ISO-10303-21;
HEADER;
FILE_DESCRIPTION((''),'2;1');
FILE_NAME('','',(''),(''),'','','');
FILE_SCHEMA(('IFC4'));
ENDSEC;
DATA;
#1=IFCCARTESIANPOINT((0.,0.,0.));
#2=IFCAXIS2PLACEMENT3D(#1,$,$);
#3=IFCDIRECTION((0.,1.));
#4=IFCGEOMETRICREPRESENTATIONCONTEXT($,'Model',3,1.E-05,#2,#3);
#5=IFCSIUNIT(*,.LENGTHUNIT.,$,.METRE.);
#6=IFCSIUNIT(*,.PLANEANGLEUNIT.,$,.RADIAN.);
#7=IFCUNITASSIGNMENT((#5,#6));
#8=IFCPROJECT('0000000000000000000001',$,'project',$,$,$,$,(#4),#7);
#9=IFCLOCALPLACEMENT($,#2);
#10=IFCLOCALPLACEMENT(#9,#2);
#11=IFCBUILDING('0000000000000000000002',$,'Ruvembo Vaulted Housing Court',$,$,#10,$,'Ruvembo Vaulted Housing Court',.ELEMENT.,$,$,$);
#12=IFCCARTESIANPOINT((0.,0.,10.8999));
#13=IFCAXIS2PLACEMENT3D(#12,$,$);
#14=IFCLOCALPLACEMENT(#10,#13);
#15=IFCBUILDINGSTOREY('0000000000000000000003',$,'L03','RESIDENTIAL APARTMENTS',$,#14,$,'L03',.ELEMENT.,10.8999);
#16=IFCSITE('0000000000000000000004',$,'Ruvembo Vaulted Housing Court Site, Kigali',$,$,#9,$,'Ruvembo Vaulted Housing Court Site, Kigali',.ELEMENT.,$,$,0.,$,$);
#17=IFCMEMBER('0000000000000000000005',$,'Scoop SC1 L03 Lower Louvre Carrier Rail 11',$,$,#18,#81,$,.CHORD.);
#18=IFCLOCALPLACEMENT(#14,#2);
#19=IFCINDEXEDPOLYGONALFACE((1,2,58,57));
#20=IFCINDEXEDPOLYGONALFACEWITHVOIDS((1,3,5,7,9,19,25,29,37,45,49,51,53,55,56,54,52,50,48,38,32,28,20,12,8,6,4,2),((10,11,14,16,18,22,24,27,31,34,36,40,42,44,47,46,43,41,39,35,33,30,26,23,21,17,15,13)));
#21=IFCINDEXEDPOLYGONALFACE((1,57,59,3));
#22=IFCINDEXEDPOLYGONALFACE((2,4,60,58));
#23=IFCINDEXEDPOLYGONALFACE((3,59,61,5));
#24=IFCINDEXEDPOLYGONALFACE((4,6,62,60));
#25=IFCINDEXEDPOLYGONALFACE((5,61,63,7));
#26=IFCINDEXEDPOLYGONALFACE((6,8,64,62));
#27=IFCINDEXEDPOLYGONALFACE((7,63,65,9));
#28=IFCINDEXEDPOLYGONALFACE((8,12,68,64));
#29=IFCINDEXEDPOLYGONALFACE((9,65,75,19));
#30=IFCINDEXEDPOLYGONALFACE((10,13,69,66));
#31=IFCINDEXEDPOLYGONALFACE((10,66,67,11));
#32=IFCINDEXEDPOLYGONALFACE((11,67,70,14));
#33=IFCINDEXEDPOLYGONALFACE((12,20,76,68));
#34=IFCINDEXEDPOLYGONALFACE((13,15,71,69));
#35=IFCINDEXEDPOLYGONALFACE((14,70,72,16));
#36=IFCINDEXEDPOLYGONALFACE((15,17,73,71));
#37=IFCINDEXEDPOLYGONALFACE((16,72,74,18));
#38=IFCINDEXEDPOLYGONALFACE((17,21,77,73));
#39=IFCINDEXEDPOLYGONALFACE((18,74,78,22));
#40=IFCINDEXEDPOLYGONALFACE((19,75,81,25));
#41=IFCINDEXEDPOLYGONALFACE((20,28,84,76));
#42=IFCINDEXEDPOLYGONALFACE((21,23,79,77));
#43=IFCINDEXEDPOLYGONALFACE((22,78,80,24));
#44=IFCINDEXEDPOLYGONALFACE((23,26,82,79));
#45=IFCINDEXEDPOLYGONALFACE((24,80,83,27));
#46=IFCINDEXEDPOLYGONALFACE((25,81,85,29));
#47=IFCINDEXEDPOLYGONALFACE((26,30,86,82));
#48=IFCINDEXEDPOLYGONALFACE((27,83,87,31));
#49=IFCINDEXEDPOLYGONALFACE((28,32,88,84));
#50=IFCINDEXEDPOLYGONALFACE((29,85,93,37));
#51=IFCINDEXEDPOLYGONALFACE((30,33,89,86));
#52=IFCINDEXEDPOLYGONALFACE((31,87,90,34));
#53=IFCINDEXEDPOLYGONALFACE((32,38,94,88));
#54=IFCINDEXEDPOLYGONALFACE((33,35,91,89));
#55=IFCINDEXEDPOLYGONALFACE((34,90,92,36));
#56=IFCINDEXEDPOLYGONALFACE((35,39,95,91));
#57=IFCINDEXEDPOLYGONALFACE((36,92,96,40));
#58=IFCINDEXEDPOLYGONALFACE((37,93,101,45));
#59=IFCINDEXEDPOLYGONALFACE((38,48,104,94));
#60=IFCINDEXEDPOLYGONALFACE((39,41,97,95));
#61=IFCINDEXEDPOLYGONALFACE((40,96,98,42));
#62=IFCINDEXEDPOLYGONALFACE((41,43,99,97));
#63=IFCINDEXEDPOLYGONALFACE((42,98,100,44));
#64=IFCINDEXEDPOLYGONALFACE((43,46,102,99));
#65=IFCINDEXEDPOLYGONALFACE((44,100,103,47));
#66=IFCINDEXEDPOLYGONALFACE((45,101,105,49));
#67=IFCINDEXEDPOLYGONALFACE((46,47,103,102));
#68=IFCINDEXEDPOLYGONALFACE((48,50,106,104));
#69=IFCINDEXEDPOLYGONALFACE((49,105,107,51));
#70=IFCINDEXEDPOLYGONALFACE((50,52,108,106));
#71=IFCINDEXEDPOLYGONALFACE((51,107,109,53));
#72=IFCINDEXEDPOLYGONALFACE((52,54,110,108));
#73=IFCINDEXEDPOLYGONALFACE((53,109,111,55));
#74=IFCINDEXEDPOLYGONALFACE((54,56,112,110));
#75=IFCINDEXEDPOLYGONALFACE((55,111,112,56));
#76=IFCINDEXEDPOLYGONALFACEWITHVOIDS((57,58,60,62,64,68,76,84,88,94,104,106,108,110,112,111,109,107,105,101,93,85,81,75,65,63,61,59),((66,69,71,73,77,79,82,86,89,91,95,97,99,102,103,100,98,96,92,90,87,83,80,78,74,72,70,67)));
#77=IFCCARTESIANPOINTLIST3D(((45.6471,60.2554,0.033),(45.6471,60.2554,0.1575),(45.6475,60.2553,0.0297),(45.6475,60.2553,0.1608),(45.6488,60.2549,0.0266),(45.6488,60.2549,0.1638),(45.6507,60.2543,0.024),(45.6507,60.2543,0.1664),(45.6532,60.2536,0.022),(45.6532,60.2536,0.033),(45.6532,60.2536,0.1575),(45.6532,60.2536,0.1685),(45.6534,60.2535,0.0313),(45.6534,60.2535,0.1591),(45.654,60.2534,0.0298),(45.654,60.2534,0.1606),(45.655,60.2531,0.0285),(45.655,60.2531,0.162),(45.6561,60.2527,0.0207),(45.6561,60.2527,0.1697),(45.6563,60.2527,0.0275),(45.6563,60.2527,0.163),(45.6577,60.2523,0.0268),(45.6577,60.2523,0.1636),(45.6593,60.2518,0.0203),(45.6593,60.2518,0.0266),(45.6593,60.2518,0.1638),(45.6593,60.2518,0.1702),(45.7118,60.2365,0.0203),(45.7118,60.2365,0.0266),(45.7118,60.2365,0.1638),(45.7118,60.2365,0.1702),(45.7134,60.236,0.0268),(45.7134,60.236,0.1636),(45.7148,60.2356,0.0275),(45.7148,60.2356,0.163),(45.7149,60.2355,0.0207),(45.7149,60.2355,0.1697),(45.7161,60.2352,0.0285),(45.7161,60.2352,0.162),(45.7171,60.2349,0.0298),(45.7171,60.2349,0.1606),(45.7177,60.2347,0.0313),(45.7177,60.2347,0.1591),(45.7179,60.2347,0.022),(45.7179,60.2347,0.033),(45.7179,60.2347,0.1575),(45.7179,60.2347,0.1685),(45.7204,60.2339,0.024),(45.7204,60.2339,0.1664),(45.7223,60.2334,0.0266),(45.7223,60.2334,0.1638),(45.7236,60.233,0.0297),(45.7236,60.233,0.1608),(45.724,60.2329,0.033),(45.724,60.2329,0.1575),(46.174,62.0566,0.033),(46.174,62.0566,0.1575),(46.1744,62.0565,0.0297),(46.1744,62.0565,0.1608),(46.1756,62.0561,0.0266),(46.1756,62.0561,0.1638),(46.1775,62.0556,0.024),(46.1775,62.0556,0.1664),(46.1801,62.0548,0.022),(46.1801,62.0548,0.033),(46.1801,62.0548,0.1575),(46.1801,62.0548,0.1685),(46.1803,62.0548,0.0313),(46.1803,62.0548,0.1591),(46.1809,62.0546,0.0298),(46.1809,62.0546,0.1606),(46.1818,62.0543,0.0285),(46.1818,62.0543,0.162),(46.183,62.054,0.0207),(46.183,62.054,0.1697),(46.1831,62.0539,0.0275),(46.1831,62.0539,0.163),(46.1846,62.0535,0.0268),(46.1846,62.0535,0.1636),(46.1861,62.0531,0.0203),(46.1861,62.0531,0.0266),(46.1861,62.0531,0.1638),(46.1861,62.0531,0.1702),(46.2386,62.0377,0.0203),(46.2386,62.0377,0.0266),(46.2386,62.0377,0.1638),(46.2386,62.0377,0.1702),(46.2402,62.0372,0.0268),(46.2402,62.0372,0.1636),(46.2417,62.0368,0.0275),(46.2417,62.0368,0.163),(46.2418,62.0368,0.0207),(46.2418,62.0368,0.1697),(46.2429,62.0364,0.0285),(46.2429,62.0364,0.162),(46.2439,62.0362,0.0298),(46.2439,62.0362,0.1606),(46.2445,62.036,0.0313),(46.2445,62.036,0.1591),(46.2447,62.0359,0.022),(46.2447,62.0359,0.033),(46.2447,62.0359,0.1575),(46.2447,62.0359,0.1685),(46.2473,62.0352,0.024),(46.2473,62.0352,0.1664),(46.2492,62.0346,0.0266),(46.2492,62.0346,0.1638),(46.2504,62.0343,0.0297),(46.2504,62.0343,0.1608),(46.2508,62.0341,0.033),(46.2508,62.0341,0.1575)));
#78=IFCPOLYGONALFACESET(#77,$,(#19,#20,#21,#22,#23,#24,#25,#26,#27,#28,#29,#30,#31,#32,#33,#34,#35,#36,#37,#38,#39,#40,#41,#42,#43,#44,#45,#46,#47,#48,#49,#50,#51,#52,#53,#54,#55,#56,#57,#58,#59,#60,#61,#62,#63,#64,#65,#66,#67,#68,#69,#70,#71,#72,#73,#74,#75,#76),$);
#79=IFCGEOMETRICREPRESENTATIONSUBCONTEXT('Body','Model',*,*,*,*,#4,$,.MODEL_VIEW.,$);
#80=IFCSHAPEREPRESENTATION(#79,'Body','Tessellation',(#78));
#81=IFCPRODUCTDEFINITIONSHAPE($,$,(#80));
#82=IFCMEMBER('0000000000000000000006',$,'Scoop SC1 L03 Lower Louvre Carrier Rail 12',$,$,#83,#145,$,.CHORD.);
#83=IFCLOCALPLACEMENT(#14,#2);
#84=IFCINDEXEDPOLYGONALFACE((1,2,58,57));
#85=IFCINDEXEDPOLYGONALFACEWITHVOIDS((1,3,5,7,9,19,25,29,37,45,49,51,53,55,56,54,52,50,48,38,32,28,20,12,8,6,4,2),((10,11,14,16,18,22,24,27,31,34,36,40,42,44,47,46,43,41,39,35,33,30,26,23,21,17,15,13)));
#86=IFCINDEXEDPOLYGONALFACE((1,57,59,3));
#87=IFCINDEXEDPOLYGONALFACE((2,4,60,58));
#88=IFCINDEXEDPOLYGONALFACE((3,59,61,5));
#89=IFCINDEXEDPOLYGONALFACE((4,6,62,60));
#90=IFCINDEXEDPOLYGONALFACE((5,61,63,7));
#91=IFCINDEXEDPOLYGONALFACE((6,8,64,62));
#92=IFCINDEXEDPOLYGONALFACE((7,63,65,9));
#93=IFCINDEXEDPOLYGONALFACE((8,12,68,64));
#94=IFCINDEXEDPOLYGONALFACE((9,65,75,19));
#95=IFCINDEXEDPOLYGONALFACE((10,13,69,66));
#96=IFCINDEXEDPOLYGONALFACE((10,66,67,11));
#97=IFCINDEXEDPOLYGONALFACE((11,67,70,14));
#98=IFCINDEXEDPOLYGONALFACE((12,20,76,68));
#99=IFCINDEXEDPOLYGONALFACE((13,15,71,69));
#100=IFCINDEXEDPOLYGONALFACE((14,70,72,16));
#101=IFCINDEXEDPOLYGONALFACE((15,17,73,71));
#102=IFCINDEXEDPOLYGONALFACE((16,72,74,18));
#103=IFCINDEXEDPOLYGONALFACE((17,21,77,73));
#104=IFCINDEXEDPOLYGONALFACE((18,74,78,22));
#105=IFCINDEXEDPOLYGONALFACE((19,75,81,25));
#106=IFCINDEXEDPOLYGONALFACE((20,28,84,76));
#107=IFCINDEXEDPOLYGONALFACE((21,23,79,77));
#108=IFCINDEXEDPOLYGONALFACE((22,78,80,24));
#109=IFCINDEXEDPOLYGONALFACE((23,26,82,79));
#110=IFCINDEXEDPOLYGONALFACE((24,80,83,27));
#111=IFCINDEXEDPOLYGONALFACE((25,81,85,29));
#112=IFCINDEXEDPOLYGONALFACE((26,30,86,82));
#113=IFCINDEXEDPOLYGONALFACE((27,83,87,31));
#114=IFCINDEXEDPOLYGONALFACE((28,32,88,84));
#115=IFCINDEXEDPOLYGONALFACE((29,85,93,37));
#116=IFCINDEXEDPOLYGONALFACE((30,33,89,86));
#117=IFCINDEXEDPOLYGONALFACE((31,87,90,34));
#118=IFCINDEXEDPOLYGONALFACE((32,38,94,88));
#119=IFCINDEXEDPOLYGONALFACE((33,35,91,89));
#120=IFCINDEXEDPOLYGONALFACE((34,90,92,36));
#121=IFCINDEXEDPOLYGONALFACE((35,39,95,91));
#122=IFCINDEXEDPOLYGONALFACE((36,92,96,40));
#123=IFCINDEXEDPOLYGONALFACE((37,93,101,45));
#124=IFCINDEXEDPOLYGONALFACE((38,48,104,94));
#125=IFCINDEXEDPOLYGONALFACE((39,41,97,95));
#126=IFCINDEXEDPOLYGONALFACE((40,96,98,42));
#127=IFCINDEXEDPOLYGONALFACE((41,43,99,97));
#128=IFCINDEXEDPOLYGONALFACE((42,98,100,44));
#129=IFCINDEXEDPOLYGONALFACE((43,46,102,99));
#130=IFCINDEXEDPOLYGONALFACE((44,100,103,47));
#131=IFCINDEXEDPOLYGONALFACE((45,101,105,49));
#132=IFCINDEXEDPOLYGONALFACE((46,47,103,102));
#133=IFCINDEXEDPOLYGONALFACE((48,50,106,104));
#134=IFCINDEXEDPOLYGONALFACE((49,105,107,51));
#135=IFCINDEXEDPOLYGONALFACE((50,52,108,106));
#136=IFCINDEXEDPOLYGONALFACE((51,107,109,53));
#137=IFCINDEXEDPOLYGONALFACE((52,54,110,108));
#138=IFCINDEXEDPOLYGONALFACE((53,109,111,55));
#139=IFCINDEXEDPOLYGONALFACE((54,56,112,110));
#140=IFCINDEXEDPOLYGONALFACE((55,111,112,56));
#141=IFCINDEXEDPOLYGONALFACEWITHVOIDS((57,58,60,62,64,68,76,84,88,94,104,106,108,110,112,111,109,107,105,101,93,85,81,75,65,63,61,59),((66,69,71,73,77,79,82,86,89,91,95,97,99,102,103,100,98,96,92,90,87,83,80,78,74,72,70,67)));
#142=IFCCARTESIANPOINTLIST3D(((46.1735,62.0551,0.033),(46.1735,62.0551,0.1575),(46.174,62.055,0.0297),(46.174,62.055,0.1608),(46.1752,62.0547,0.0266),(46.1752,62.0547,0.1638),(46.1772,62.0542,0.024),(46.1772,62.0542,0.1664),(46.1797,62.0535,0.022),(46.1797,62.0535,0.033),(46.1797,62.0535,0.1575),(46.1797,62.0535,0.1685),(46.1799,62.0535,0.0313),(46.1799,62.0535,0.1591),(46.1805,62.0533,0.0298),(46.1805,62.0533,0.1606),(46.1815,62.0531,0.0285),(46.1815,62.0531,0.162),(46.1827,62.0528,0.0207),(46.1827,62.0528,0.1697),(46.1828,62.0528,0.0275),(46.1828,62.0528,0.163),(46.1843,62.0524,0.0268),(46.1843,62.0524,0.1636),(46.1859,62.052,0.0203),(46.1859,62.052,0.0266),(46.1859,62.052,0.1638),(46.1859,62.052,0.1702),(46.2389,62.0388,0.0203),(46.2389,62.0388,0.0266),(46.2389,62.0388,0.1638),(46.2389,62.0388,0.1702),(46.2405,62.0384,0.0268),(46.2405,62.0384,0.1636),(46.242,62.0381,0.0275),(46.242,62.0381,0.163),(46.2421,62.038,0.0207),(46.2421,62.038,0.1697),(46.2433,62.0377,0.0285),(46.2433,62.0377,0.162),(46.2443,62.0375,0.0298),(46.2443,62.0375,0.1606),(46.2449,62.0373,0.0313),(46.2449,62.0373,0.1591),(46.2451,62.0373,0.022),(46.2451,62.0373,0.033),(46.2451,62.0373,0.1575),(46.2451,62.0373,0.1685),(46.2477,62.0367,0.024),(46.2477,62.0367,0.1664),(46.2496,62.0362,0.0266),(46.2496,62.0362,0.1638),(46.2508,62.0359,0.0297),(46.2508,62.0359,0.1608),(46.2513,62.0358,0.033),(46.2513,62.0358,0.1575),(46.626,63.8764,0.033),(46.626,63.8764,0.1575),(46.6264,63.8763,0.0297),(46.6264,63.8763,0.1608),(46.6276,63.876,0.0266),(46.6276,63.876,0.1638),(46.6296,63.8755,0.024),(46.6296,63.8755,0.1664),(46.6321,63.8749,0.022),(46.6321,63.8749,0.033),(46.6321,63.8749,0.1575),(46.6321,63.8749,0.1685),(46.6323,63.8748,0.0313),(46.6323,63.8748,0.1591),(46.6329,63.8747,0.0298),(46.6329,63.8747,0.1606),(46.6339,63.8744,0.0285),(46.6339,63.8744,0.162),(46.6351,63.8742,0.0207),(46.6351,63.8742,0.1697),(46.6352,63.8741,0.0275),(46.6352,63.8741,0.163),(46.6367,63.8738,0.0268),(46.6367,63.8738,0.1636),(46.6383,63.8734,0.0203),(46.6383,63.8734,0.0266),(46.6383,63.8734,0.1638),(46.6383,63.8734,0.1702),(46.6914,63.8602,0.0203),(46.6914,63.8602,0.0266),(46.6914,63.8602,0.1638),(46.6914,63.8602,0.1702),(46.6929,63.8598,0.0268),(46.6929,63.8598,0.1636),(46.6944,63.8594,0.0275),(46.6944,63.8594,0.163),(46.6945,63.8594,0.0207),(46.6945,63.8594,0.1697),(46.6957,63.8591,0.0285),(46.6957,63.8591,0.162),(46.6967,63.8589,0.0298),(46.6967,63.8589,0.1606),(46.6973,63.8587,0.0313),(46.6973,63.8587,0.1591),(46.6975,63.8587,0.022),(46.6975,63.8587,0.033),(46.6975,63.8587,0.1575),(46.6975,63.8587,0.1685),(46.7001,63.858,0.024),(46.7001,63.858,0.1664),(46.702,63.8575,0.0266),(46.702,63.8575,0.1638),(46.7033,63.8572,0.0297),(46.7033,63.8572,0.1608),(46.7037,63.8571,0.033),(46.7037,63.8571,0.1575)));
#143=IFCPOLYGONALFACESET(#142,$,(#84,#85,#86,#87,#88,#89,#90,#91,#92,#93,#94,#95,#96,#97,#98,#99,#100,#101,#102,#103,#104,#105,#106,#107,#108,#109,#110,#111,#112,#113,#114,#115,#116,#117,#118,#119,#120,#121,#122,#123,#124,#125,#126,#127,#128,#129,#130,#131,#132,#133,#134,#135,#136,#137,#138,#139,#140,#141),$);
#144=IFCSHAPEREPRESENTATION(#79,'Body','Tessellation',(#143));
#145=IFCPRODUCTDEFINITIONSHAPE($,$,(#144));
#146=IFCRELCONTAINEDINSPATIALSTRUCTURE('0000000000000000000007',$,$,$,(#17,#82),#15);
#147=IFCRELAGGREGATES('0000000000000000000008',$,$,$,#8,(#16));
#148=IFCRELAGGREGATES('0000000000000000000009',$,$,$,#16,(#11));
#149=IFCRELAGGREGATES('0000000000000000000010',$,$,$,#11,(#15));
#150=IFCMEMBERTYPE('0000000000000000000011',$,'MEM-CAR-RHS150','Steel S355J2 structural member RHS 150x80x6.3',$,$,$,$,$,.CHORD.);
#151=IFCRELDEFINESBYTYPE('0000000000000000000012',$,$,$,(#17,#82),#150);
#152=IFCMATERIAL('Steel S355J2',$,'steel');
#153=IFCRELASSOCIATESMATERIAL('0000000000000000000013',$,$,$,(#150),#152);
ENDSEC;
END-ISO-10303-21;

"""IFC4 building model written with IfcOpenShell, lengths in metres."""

from ifc_helpers import new_model, si_unit, direction, frame, origin, origin_2d, place, context, subcontext, project, spatial, hollow_rectangle, extrude, material, material_profile, profile_set, type_object, element, save


model = new_model("IFC4")

# Units and contexts
model_context = context("Model", 3, precision=1e-05, world=origin(), true_north=direction((0.0, 1.0)))
body_context = subcontext(model_context, "Body", "Model", "MODEL_VIEW")
ifc_project = project(units=[si_unit("LENGTHUNIT", "METRE"), si_unit("PLANEANGLEUNIT", "RADIAN")], contexts=[model_context])

# Site, building, storey
site_placement = place(None, origin())
site = spatial("IfcSite", under=ifc_project, at=site_placement, Name="Ruvembo Vaulted Housing Court Site, Kigali", LongName="Ruvembo Vaulted Housing Court Site, Kigali", CompositionType="ELEMENT", RefElevation=0.0)
building_placement = place(site_placement, origin())
building = spatial("IfcBuilding", under=site, at=building_placement, Name="Ruvembo Vaulted Housing Court", LongName="Ruvembo Vaulted Housing Court", CompositionType="ELEMENT")
storey_placement = place(building_placement, frame((0.0, 0.0, 10.8999)))
storey = spatial("IfcBuildingStorey", under=building, at=storey_placement, Name="L03", Description="RESIDENTIAL APARTMENTS", LongName="L03", CompositionType="ELEMENT", Elevation=10.8999)

# Shared definitions
ifc_material_1 = material(Name="Steel S355J2", Category="steel")

# Members
ifc_material_profile_1 = material_profile(ifc_material_1, hollow_rectangle(XDim=0.0801, YDim=0.1499, WallThickness=0.0063, InnerFilletRadius=0.0063, OuterFilletRadius=0.0127, at=origin_2d()), Name="RHS 150x80x6.3")
ifc_profile_set_1 = profile_set([ifc_material_profile_1], Name="Steel S355J2")
member_type_1 = type_object("IfcMemberType", Name="MEM-CAR-RHS150", Description="Steel S355J2 structural member RHS 150x80x6.3", PredefinedType="CHORD", material=ifc_profile_set_1)
for number, where, z_axis, x_axis, name in (
    (1, (45.6855, 60.2441, 0.0952), (0.280729, 0.959787, 0.0), (-0.959787, 0.280729, 0.0), "Scoop SC1 L03 Lower Louvre Carrier Rail 11"),
    (2, (46.2124, 62.0454, 0.0952), (0.241066, 0.970509, 0.0), (-0.970509, 0.241066, 0.0), "Scoop SC1 L03 Lower Louvre Carrier Rail 12"),
):
    element("IfcMember", number, at=place(storey_placement, frame(where, z_axis=z_axis, x_axis=x_axis)), inside=storey, type_object=member_type_1, Name=name, PredefinedType="CHORD", context=body_context, shape_type="SweptSolid", body=[
        extrude(hollow_rectangle(XDim=0.0801, YDim=0.1499, WallThickness=0.0063, InnerFilletRadius=0.0063, OuterFilletRadius=0.0127, at=origin_2d()), origin(), (0.0, 0.0, 1.0), 1.8767),
    ])

save(model, "model.ifc")
